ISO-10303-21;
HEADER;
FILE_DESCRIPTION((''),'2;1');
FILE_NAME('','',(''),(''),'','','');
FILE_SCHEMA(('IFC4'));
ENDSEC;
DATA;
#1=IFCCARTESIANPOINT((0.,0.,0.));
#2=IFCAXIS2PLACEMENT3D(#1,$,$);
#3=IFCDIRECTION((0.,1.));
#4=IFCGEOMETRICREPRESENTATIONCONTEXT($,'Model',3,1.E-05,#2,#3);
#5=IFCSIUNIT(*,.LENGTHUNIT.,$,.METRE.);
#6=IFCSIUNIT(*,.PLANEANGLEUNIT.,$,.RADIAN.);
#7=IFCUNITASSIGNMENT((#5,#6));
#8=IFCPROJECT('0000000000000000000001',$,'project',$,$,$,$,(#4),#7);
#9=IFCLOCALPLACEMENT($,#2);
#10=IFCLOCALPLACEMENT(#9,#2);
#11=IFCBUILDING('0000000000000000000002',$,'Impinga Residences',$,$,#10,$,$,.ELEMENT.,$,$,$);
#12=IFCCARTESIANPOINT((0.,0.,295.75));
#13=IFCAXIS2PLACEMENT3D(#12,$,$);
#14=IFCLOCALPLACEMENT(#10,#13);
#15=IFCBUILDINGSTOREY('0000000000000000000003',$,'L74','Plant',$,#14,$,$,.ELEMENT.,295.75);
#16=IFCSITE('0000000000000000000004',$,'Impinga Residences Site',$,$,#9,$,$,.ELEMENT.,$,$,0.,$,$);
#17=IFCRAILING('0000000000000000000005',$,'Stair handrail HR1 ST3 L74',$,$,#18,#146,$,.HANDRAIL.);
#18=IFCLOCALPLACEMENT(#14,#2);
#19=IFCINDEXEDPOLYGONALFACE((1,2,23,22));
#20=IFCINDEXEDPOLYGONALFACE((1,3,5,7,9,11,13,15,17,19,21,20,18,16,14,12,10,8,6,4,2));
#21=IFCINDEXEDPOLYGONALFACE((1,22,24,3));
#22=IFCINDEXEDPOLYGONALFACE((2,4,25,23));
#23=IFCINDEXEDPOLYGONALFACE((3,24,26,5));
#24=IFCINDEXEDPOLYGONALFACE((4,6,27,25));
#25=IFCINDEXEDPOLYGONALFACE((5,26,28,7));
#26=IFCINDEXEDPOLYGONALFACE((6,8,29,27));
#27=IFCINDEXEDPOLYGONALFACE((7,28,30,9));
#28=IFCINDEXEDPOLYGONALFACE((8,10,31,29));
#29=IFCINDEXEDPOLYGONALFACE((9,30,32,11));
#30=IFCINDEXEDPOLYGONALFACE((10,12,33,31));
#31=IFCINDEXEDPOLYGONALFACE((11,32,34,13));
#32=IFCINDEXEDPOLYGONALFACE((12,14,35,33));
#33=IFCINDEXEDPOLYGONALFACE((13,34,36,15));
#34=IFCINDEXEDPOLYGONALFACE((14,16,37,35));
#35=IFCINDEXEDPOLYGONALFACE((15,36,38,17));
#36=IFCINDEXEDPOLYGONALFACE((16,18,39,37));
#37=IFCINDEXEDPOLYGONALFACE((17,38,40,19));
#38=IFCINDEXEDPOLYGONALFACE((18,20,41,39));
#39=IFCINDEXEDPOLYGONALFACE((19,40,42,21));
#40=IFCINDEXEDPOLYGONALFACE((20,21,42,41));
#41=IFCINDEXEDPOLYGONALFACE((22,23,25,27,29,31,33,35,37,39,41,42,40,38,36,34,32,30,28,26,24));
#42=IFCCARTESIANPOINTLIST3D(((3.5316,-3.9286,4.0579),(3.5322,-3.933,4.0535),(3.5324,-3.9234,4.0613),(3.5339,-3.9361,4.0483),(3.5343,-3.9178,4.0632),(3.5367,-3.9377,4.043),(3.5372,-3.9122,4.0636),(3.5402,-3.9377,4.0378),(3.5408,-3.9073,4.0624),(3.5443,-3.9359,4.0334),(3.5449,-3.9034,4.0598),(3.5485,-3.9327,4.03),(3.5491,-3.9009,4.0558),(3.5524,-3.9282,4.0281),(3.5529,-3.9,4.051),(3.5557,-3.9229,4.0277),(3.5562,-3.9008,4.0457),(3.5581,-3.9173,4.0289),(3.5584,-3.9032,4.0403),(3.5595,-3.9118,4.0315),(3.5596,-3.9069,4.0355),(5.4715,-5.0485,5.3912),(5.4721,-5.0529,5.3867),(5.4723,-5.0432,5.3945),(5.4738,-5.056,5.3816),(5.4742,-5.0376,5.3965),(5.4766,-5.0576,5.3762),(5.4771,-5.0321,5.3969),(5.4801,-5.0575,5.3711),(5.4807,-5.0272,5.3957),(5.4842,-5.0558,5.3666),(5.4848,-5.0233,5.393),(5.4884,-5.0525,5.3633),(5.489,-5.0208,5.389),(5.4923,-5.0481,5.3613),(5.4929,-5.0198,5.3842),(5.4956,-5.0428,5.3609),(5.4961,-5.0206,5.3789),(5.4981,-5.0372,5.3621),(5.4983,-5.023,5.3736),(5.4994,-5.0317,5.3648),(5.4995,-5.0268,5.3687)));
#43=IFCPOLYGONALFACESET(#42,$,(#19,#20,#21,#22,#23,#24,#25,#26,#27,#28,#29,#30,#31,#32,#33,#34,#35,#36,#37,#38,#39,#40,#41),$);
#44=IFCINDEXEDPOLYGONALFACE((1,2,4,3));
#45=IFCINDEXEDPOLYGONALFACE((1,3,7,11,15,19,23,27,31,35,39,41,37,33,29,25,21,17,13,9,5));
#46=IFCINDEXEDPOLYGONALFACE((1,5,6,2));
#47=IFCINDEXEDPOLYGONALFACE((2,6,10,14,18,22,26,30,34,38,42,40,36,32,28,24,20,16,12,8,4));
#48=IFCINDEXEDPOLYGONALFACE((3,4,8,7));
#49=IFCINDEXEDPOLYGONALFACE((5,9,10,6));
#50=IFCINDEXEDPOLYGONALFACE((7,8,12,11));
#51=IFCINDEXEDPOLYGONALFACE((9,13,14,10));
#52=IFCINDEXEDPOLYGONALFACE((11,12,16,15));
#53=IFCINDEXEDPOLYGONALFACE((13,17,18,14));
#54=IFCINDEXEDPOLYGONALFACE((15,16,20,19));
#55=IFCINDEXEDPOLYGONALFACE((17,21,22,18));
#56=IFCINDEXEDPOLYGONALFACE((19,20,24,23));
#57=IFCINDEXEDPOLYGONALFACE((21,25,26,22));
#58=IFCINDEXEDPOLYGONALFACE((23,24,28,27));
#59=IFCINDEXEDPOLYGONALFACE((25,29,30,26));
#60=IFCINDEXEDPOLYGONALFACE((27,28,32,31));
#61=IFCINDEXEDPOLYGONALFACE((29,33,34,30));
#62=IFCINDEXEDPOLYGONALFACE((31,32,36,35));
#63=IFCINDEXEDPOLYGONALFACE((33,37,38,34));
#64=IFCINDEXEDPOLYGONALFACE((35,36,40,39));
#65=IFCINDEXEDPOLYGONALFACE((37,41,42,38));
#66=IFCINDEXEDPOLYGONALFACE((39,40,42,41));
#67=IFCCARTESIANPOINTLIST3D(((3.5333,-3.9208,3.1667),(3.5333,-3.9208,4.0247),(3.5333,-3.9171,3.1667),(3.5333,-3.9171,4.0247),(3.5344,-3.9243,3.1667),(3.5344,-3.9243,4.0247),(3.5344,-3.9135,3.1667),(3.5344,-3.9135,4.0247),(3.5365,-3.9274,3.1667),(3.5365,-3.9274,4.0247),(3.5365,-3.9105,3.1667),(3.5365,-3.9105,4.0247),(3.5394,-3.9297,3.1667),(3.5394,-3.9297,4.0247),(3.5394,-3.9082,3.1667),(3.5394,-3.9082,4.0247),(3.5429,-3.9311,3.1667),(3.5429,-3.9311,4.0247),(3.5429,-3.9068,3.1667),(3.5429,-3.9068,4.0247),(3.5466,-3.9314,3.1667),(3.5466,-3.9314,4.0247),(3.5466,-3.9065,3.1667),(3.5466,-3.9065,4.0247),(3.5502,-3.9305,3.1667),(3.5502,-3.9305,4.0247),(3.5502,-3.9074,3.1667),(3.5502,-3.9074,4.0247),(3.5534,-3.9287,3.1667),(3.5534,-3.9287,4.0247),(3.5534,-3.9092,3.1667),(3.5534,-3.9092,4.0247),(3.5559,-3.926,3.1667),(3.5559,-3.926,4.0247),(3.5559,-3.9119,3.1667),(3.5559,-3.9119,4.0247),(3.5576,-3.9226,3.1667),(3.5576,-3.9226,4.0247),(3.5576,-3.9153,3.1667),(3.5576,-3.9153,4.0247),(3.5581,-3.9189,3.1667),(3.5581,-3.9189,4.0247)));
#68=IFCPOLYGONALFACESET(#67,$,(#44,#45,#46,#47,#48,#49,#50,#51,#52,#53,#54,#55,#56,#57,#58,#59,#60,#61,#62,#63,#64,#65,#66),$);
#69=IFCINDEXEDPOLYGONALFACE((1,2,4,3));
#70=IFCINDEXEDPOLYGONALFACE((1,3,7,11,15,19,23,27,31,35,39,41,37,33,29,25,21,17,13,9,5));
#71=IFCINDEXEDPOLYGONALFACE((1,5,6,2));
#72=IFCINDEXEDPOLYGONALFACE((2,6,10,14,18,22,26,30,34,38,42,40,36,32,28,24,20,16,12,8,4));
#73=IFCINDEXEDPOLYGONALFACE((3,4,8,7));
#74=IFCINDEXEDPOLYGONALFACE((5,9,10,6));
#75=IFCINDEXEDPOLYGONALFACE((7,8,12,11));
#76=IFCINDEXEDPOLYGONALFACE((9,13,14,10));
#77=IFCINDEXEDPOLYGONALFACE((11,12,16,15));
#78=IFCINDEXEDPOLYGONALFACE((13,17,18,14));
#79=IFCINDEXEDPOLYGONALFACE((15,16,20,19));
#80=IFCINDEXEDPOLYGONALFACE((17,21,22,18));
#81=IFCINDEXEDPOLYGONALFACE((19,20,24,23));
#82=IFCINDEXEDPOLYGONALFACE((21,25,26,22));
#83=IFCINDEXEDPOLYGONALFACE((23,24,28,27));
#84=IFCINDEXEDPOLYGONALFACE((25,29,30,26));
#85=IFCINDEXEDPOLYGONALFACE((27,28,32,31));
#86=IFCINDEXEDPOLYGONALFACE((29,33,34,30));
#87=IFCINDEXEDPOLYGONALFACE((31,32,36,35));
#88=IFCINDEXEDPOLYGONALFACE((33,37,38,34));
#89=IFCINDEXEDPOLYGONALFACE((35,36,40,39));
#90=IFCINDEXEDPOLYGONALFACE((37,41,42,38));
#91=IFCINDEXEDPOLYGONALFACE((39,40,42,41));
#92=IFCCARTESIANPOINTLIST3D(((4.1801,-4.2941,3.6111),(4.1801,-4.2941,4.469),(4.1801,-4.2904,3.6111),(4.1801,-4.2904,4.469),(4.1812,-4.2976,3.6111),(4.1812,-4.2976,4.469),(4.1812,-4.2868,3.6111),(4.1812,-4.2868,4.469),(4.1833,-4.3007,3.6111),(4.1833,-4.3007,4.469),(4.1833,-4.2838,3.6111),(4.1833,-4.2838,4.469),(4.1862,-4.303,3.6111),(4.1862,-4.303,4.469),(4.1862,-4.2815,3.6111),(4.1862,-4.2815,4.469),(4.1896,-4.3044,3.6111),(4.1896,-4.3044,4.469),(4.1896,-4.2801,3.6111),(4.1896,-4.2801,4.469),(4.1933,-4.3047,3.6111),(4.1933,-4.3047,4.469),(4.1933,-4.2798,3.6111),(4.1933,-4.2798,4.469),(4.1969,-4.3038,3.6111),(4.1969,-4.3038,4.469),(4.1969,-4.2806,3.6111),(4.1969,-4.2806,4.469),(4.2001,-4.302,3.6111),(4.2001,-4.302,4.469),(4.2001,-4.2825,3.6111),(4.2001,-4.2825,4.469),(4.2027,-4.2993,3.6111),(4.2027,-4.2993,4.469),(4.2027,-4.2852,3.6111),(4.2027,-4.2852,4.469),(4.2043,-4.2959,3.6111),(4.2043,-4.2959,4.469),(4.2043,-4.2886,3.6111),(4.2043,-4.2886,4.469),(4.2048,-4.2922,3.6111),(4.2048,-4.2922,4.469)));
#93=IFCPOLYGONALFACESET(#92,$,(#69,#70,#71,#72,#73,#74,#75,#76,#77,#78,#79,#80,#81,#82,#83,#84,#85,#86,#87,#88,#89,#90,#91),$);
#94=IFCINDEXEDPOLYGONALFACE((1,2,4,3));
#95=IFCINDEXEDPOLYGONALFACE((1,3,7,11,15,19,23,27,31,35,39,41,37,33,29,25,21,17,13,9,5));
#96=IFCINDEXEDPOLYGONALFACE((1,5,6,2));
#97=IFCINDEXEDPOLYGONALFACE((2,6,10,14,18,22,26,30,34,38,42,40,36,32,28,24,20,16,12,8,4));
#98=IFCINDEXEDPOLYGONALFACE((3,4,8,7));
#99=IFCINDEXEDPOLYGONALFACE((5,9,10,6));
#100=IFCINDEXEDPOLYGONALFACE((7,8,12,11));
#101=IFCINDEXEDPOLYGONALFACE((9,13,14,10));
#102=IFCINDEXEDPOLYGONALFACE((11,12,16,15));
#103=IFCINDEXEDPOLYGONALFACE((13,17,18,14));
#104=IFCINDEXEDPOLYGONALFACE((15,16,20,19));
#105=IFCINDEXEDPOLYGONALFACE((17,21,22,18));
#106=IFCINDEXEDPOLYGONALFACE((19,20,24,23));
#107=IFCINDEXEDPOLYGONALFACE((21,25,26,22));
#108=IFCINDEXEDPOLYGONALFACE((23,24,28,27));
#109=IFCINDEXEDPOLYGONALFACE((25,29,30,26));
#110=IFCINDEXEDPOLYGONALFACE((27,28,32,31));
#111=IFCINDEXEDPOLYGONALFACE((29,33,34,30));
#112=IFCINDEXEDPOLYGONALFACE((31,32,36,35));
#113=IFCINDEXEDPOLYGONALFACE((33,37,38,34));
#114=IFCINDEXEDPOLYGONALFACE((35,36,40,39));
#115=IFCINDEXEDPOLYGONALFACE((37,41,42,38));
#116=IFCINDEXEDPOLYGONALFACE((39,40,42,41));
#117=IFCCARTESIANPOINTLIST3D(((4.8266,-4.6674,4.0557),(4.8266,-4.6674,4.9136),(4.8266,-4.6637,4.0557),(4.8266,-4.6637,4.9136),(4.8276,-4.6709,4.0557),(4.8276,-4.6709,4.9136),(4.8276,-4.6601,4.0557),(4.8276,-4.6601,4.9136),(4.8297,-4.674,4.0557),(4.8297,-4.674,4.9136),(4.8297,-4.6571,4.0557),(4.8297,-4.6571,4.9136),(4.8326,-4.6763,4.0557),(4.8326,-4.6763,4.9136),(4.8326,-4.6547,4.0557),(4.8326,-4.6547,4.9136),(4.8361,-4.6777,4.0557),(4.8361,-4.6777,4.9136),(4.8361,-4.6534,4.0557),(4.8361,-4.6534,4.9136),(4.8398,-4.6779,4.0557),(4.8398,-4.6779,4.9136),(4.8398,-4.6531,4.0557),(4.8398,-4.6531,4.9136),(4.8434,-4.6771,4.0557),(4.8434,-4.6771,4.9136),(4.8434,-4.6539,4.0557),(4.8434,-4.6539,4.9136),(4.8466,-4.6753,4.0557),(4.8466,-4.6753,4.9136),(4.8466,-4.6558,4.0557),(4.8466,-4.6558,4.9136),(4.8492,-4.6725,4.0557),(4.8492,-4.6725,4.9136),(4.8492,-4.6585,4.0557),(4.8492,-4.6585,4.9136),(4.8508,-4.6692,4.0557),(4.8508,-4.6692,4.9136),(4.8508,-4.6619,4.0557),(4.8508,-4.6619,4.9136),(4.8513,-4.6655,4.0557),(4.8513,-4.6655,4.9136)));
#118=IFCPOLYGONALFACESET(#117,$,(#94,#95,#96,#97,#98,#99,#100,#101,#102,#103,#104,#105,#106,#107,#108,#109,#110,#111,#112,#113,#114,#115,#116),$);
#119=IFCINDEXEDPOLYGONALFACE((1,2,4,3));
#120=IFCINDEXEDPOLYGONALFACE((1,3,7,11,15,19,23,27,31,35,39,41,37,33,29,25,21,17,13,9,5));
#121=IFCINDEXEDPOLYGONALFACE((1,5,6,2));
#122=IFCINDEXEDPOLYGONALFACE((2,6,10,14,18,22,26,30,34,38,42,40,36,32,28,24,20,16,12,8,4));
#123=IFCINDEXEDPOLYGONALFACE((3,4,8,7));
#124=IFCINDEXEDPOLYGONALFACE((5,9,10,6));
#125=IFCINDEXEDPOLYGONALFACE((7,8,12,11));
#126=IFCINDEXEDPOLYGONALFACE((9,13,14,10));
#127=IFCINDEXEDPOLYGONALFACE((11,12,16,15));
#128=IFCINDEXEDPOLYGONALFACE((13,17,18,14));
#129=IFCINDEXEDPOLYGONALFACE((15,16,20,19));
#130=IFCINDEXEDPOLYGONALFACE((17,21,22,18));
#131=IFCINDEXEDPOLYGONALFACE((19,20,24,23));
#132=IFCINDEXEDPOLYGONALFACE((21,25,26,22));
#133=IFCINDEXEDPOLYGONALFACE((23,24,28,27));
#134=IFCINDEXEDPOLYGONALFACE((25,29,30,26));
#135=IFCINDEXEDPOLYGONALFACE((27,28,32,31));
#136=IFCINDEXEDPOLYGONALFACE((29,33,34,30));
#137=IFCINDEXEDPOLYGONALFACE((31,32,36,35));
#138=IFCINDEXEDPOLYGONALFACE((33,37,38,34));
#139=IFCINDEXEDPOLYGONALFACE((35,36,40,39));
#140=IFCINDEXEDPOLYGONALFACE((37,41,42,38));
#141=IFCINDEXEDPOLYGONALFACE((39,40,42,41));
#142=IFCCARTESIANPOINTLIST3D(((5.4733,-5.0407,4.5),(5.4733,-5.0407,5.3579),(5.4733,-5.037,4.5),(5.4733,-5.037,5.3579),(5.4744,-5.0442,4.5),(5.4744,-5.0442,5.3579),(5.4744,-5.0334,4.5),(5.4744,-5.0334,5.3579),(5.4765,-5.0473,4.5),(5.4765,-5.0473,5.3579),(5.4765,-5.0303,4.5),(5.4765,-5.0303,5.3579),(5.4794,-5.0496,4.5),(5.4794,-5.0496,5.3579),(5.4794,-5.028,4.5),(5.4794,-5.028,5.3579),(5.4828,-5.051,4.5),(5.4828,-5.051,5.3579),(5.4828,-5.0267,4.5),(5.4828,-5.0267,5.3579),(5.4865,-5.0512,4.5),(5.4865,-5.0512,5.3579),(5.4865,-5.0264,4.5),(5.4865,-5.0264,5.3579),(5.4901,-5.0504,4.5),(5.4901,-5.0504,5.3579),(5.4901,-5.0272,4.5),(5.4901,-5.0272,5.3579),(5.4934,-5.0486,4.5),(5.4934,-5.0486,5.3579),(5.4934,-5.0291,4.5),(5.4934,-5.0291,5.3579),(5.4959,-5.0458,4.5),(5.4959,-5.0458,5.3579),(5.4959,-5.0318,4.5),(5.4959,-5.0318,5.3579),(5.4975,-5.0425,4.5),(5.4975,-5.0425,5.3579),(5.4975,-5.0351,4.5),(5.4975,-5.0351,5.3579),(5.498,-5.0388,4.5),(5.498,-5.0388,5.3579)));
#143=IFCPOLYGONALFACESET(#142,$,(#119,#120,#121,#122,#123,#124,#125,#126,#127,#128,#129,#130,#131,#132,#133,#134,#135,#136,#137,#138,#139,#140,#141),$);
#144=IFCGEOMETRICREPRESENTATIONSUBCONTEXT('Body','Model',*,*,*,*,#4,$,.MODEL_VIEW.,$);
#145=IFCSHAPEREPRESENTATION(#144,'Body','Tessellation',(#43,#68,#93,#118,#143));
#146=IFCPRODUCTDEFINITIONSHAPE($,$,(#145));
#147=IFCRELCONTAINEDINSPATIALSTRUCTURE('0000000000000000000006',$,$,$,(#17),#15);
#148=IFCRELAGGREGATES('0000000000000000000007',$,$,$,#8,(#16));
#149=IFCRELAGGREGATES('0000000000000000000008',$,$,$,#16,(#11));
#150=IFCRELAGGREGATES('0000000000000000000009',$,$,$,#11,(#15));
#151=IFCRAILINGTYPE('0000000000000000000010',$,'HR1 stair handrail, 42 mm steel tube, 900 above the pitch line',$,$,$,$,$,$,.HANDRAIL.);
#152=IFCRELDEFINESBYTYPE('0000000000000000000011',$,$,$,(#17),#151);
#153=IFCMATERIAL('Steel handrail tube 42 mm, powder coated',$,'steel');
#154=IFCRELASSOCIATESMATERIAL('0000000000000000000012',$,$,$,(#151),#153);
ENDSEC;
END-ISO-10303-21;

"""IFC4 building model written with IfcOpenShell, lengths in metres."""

from ifc_helpers import new_model, si_unit, direction, frame, origin, origin_2d, place, context, subcontext, project, spatial, circle, extrude, material, type_object, element, save


model = new_model("IFC4")

# Units and contexts
model_context = context("Model", 3, precision=1e-05, world=origin(), true_north=direction((0.0, 1.0)))
body_context = subcontext(model_context, "Body", "Model", "MODEL_VIEW")
ifc_project = project(units=[si_unit("LENGTHUNIT", "METRE"), si_unit("PLANEANGLEUNIT", "RADIAN")], contexts=[model_context])

# Site, building, storey
site_placement = place(None, origin())
site = spatial("IfcSite", under=ifc_project, at=site_placement, Name="Impinga Residences Site", CompositionType="ELEMENT", RefElevation=0.0)
building_placement = place(site_placement, origin())
building = spatial("IfcBuilding", under=site, at=building_placement, Name="Impinga Residences", CompositionType="ELEMENT")
storey_placement = place(building_placement, frame((0.0, 0.0, 295.75)))
storey = spatial("IfcBuildingStorey", under=building, at=storey_placement, Name="L74", Description="Plant", CompositionType="ELEMENT", Elevation=295.75)

# Railing
ifc_material_1 = material(Name="Steel handrail tube 42 mm, powder coated", Category="steel")
railing_type_1 = type_object("IfcRailingType", Name="HR1 stair handrail, 42 mm steel tube, 900 above the pitch line", PredefinedType="HANDRAIL", material=ifc_material_1)
railing_1_placement = place(storey_placement, frame((3.5457, -3.9189, 3.1667)))
element("IfcRailing", 1, at=railing_1_placement, inside=storey, type_object=railing_type_1, Name="Stair handrail HR1 ST3 L74", PredefinedType="HANDRAIL", context=body_context, shape_type="SweptSolid", body=[
    extrude(circle(Radius=0.021, at=origin_2d()), frame((0.0, 0.0, 0.8789), z_axis=(0.744205, -0.429608, 0.511465), x_axis=(0.499949, 0.866055, 0.0)), (0.0, 0.0, 1.0), 2.6067),
    extrude(circle(Radius=0.0125, at=origin_2d()), origin(), (0.0, 0.0, 1.0), 0.8579),
    extrude(circle(Radius=0.0125, at=origin_2d()), frame((0.6467, -0.3733, 0.4443)), (0.0, 0.0, 1.0), 0.8579),
    extrude(circle(Radius=0.0125, at=origin_2d()), frame((1.2932, -0.7466, 0.8889)), (0.0, 0.0, 1.0), 0.8579),
    extrude(circle(Radius=0.0125, at=origin_2d()), frame((1.9399, -1.1199, 1.3333)), (0.0, 0.0, 1.0), 0.8579),
])

save(model, "model.ifc")
